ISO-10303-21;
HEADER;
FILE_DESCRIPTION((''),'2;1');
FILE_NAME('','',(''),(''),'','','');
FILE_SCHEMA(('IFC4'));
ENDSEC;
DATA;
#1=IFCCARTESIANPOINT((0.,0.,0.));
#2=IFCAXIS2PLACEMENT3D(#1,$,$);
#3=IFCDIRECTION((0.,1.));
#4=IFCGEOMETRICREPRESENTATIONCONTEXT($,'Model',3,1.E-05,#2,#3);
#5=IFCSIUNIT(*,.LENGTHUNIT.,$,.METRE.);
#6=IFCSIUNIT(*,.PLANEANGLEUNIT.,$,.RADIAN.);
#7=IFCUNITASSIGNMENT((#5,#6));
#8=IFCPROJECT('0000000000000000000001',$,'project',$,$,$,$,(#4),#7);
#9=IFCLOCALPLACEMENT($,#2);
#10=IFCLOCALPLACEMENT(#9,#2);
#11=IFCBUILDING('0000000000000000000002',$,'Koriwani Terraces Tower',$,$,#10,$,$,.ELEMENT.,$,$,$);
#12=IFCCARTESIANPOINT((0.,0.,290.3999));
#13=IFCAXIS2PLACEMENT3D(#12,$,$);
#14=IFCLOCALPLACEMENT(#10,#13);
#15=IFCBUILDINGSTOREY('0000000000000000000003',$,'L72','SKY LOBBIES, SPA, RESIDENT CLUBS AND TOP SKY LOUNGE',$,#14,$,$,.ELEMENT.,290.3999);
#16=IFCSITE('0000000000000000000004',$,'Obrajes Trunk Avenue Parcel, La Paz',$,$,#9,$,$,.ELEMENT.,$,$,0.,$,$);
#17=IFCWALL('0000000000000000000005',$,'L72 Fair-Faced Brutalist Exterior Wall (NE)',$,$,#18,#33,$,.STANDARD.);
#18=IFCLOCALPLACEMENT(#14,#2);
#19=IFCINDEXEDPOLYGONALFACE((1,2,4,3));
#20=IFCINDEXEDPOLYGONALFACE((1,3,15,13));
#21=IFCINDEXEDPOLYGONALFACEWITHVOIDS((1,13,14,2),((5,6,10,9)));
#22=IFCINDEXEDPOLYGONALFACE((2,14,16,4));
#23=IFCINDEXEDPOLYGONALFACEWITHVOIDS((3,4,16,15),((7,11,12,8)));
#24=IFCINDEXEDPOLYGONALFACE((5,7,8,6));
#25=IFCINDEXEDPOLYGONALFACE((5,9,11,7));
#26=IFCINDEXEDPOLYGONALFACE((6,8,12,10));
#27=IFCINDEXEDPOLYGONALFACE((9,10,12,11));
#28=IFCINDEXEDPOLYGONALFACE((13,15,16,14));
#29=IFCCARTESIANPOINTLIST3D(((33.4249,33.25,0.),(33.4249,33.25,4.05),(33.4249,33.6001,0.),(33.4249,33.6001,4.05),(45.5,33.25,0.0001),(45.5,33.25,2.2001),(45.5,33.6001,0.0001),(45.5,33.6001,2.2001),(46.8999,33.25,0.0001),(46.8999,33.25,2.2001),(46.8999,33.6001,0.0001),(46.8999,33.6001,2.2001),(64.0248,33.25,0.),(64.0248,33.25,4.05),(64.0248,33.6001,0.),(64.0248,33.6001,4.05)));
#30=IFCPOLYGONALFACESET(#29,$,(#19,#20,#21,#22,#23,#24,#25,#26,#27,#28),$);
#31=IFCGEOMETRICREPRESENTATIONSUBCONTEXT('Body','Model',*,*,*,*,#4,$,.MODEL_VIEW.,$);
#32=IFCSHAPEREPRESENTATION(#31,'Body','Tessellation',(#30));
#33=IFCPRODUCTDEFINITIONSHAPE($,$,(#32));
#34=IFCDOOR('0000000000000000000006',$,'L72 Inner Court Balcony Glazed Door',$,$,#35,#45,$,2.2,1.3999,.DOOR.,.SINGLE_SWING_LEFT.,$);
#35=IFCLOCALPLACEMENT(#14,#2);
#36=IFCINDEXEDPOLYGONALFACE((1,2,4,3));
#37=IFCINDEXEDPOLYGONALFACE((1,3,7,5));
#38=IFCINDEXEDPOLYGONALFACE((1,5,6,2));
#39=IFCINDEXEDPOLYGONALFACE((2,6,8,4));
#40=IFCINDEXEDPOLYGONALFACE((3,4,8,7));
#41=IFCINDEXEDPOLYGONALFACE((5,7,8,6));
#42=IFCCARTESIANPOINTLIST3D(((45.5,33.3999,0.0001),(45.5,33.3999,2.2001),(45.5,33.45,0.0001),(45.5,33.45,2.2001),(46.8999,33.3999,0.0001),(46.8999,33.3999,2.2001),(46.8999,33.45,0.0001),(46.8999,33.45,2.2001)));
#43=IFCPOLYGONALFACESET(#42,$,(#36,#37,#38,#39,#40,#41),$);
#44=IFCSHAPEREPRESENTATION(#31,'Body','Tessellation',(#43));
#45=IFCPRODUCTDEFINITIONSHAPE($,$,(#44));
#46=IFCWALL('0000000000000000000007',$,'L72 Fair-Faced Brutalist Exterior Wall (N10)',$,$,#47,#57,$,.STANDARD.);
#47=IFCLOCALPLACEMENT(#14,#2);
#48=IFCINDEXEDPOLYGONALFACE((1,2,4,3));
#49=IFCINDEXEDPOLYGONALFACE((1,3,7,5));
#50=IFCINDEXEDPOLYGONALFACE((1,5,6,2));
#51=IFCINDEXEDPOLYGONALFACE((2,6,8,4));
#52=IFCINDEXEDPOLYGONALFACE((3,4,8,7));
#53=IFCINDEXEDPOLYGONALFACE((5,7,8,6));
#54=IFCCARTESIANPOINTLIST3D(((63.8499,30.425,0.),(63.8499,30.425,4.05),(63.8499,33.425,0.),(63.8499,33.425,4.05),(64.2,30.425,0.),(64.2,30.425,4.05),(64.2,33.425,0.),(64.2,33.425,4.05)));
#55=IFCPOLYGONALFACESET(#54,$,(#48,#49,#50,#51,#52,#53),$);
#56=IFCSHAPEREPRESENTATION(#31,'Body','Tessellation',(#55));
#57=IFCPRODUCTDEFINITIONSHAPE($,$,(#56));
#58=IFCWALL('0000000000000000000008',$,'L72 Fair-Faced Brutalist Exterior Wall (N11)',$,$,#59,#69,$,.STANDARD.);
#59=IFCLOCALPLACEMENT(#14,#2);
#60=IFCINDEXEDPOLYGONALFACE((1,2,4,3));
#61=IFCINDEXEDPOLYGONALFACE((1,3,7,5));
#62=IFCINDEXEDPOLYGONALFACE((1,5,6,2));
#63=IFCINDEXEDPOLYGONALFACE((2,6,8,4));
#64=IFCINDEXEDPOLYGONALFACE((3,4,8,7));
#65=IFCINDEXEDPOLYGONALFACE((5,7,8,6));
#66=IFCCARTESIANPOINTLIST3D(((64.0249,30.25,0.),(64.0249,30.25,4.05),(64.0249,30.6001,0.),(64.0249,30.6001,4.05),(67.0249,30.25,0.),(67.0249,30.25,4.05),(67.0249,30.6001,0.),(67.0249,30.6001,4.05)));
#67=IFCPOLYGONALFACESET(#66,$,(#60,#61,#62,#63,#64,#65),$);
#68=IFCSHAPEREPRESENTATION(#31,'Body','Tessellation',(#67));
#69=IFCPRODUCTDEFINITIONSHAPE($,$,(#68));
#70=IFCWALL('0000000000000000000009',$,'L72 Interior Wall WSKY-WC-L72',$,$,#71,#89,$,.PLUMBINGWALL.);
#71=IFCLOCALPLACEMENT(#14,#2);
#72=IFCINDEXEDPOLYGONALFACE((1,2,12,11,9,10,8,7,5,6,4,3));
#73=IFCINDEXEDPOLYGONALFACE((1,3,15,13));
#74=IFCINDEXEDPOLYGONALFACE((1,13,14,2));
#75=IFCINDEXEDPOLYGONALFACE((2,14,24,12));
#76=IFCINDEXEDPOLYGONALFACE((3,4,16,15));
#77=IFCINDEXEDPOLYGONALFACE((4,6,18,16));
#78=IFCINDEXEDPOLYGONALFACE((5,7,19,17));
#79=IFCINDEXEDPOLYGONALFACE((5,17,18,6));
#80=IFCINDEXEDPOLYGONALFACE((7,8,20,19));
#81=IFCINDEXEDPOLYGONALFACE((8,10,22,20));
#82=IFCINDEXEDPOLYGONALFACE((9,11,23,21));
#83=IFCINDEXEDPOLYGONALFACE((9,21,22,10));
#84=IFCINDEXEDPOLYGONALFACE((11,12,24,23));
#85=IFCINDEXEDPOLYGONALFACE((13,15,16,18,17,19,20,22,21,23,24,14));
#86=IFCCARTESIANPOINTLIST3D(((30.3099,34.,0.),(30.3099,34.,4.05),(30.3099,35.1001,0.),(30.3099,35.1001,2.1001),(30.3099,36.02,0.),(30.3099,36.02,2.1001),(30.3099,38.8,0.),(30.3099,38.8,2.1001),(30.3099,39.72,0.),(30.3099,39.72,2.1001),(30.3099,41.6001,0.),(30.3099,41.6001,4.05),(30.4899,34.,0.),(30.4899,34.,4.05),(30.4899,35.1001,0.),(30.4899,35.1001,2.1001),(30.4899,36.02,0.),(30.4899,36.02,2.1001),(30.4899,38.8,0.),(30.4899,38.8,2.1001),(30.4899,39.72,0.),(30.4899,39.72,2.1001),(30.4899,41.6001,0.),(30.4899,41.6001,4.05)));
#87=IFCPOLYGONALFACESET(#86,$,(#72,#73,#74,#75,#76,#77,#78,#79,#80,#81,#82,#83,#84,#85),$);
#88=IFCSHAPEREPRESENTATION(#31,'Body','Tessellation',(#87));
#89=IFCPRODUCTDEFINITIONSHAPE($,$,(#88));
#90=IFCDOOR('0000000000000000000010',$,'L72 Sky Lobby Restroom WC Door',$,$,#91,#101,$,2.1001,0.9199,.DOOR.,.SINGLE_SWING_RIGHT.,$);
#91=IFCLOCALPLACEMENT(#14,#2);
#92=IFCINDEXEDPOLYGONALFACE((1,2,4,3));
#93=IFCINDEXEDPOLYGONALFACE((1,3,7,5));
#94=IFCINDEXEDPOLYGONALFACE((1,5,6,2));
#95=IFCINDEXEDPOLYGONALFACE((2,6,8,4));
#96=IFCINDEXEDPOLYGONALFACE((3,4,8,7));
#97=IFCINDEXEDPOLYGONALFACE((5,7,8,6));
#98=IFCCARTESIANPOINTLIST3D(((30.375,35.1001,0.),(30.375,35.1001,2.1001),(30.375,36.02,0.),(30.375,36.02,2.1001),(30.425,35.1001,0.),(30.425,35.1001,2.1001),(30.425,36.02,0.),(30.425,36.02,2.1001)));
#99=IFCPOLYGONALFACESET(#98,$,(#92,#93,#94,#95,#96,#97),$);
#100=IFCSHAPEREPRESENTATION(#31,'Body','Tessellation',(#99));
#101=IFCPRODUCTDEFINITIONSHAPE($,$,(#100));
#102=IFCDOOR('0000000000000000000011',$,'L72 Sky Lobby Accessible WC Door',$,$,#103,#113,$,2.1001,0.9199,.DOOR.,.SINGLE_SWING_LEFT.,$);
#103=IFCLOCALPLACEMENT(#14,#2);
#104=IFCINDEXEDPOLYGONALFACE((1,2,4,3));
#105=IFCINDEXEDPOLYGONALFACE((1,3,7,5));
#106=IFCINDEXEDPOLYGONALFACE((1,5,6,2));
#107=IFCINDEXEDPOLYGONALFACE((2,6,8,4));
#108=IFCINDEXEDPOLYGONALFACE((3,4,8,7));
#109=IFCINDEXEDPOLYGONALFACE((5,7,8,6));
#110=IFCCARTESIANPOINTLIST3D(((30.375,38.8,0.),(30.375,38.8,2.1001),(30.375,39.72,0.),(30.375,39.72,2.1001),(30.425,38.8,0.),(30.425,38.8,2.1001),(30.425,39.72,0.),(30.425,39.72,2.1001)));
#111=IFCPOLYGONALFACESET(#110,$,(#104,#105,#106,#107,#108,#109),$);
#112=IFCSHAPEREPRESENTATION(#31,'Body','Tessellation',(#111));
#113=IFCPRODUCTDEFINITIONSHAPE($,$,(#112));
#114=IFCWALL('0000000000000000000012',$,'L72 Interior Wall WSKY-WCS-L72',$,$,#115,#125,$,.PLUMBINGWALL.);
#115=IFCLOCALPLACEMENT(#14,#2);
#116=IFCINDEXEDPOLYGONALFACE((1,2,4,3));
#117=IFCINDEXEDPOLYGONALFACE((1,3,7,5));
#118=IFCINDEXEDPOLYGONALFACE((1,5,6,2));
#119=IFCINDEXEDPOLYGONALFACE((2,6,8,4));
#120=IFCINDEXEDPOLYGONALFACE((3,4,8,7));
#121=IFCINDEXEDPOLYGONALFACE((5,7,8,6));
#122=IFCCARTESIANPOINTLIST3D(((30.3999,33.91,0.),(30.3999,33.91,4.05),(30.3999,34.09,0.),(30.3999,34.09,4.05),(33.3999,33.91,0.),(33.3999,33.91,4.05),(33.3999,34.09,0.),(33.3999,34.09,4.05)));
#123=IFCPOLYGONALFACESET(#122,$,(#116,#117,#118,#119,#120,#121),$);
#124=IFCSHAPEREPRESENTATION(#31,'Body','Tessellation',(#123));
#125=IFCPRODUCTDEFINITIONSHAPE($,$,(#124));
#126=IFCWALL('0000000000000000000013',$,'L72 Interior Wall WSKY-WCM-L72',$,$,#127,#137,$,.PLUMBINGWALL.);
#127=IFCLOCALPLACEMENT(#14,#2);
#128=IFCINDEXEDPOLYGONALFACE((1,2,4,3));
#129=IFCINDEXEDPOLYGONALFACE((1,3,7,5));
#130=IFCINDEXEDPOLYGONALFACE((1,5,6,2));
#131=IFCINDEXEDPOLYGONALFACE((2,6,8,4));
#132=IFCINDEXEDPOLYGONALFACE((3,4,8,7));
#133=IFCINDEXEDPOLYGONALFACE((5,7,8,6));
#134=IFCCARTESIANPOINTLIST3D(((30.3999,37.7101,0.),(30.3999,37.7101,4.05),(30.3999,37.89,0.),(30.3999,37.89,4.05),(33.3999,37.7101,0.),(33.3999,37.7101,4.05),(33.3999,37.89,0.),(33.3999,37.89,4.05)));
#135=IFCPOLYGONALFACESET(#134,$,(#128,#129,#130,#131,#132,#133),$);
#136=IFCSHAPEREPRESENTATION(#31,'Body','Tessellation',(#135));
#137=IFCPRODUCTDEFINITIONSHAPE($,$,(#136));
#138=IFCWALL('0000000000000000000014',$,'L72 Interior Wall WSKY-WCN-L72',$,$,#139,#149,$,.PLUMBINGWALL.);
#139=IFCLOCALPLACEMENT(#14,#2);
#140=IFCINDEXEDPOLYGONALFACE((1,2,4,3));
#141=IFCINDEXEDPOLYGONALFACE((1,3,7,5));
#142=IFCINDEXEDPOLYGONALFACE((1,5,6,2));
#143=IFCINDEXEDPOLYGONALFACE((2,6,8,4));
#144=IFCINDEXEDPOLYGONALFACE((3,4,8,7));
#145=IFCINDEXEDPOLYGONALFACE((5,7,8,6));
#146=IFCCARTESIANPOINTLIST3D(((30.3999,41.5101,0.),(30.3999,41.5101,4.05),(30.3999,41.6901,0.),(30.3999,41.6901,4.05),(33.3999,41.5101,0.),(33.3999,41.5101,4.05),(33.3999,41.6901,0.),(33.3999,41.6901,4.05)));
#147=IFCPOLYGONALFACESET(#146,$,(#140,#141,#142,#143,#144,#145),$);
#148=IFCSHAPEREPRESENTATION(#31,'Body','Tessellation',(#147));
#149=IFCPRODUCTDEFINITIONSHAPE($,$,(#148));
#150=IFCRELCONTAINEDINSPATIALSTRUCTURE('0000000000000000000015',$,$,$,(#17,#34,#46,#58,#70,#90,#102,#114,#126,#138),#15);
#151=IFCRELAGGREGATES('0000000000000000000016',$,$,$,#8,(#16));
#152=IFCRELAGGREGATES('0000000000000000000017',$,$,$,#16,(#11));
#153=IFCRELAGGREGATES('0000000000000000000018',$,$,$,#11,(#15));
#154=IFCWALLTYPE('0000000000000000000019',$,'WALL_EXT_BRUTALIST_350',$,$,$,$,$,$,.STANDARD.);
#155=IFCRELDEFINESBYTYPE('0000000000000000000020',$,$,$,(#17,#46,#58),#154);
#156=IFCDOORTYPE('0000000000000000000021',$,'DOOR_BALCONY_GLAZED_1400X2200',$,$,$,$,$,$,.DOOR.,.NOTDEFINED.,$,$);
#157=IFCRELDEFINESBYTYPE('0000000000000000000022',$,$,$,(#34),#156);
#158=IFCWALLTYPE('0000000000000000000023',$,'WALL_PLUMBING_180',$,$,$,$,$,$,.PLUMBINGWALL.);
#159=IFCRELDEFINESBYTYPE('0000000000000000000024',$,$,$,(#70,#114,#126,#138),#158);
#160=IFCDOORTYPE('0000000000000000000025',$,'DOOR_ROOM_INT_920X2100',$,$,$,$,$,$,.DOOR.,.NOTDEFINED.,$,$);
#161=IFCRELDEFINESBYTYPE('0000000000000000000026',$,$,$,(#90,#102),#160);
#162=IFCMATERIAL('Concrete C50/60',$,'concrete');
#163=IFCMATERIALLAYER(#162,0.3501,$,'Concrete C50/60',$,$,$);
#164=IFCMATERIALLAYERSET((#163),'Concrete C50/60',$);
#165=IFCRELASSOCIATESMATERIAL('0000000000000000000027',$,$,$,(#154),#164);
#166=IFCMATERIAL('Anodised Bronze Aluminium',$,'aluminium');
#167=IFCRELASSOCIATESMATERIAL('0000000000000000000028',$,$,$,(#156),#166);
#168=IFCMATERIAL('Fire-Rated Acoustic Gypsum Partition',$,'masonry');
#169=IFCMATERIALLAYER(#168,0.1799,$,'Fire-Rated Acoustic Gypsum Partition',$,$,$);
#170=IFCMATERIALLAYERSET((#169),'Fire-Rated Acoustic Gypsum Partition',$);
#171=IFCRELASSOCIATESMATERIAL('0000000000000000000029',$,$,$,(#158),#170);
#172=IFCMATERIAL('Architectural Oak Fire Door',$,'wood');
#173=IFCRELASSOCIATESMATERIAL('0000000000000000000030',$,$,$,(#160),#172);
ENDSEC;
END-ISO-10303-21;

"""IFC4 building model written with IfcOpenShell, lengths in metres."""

from ifc_helpers import new_model, si_unit, direction, frame, frame_2d, origin, place, context, subcontext, project, spatial, rectangle, extrude, material, layer, layer_set, type_object, element, fill, save


model = new_model("IFC4")

# Units and contexts
model_context = context("Model", 3, precision=1e-05, world=origin(), true_north=direction((0.0, 1.0)))
body_context = subcontext(model_context, "Body", "Model", "MODEL_VIEW")
ifc_project = project(units=[si_unit("LENGTHUNIT", "METRE"), si_unit("PLANEANGLEUNIT", "RADIAN")], contexts=[model_context])

# Site, building, storey
site_placement = place(None, origin())
site = spatial("IfcSite", under=ifc_project, at=site_placement, Name="Obrajes Trunk Avenue Parcel, La Paz", CompositionType="ELEMENT", RefElevation=0.0)
building_placement = place(site_placement, origin())
building = spatial("IfcBuilding", under=site, at=building_placement, Name="Koriwani Terraces Tower", CompositionType="ELEMENT")
storey_placement = place(building_placement, frame((0.0, 0.0, 290.3999)))
storey = spatial("IfcBuildingStorey", under=building, at=storey_placement, Name="L72", Description="SKY LOBBIES, SPA, RESIDENT CLUBS AND TOP SKY LOUNGE", CompositionType="ELEMENT", Elevation=290.3999)

# Shared definitions
ifc_material_1 = material(Name="Concrete C50/60", Category="concrete")

# Shared definitions
ifc_material_2 = material(Name="Anodised Bronze Aluminium", Category="aluminium")

# Wall, opening, door
ifc_layer_1 = layer(ifc_material_1, 0.3501, Name="Concrete C50/60")
ifc_layer_set_1 = layer_set([ifc_layer_1], Name="Concrete C50/60")
wall_type_1 = type_object("IfcWallType", Name="WALL_EXT_BRUTALIST_350", PredefinedType="STANDARD", material=ifc_layer_set_1)
wall_1_placement = place(storey_placement, frame((33.425, 33.425, 0.0), z_axis=(0.0, 0.0, 1.0), x_axis=(1.0, 0.0, 0.0)))
wall_1 = element("IfcWall", 1, at=wall_1_placement, inside=storey, type_object=wall_type_1, Name="L72 Fair-Faced Brutalist Exterior Wall (NE)", PredefinedType="STANDARD", context=body_context, shape_type="SweptSolid", body=[
    extrude(rectangle(XDim=30.5999, YDim=0.3501, at=frame_2d((15.2998, 0.0))), origin(), (0.0, 0.0, 1.0), 4.05),
])
opening_1_placement = place(wall_1_placement, frame((12.075, 0.0, 0.0)))
opening_1 = element("IfcOpeningElement", 2, at=opening_1_placement, cuts=wall_1, PredefinedType="OPENING", context=body_context, shape_type="SweptSolid", body=[
    extrude(rectangle(XDim=1.3999, YDim=2.2, at=frame_2d((0.7, 1.1001))), frame((0.0, 0.1851, 0.0), z_axis=(0.0, -1.0, 0.0), x_axis=(1.0, 0.0, 0.0)), (0.0, 0.0, 1.0), 0.3701),
])
door_type_1 = type_object("IfcDoorType", Name="DOOR_BALCONY_GLAZED_1400X2200", OperationType="NOTDEFINED", PredefinedType="DOOR", material=ifc_material_2)
door_1_placement = place(opening_1_placement, origin())
door_1 = element("IfcDoor", 3, at=door_1_placement, inside=storey, type_object=door_type_1, Name="L72 Inner Court Balcony Glazed Door", OperationType="SINGLE_SWING_LEFT", OverallHeight=2.2, OverallWidth=1.3999, PredefinedType="DOOR", context=body_context, shape_type="SweptSolid", body=[
    extrude(rectangle(XDim=1.3999, YDim=2.2, at=frame_2d((0.7, 1.1001))), frame((0.0, 0.0249, 0.0), z_axis=(0.0, -1.0, 0.0), x_axis=(1.0, 0.0, 0.0)), (0.0, 0.0, 1.0), 0.05),
])
fill(opening_1, door_1)

# Walls
for number, where, z_axis, x_axis, name in (
    (4, (64.0249, 33.425, 0.0), (0.0, 0.0, 1.0), (0.0, -1.0, 0.0), "L72 Fair-Faced Brutalist Exterior Wall (N10)"),
    (5, (64.0249, 30.425, 0.0), (0.0, 0.0, 1.0), (1.0, 0.0, 0.0), "L72 Fair-Faced Brutalist Exterior Wall (N11)"),
):
    element("IfcWall", number, at=place(storey_placement, frame(where, z_axis=z_axis, x_axis=x_axis)), inside=storey, type_object=wall_type_1, Name=name, PredefinedType="STANDARD", context=body_context, shape_type="SweptSolid", body=[
        extrude(rectangle(XDim=3.0, YDim=0.3501, at=frame_2d((1.5, 0.0))), origin(), (0.0, 0.0, 1.0), 4.05),
    ])

# Wall, openings, doors
ifc_material_3 = material(Name="Fire-Rated Acoustic Gypsum Partition", Category="masonry")
ifc_layer_2 = layer(ifc_material_3, 0.1799, Name="Fire-Rated Acoustic Gypsum Partition")
ifc_layer_set_2 = layer_set([ifc_layer_2], Name="Fire-Rated Acoustic Gypsum Partition")
wall_type_2 = type_object("IfcWallType", Name="WALL_PLUMBING_180", PredefinedType="PLUMBINGWALL", material=ifc_layer_set_2)
wall_2_placement = place(storey_placement, frame((30.3999, 34.0, 0.0), z_axis=(0.0, 0.0, 1.0), x_axis=(0.0, 1.0, 0.0)))
wall_2 = element("IfcWall", 6, at=wall_2_placement, inside=storey, type_object=wall_type_2, Name="L72 Interior Wall WSKY-WC-L72", PredefinedType="PLUMBINGWALL", context=body_context, shape_type="SweptSolid", body=[
    extrude(rectangle(XDim=7.6001, YDim=0.1799, at=frame_2d((3.8, 0.0))), origin(), (0.0, 0.0, 1.0), 4.05),
])
opening_2_placement = place(wall_2_placement, frame((1.1001, 0.0, 0.0)))
opening_2 = element("IfcOpeningElement", 7, at=opening_2_placement, cuts=wall_2, PredefinedType="OPENING", context=body_context, shape_type="SweptSolid", body=[
    extrude(rectangle(XDim=0.9199, YDim=2.1001, at=frame_2d((0.46, 1.05))), frame((0.0, 0.1001, 0.0), z_axis=(0.0, -1.0, 0.0), x_axis=(1.0, 0.0, 0.0)), (0.0, 0.0, 1.0), 0.2),
])
opening_3_placement = place(wall_2_placement, frame((4.8, 0.0, 0.0)))
opening_3 = element("IfcOpeningElement", 8, at=opening_3_placement, cuts=wall_2, PredefinedType="OPENING", context=body_context, shape_type="SweptSolid", body=[
    extrude(rectangle(XDim=0.9199, YDim=2.1001, at=frame_2d((0.46, 1.05))), frame((0.0, 0.1001, 0.0), z_axis=(0.0, -1.0, 0.0), x_axis=(1.0, 0.0, 0.0)), (0.0, 0.0, 1.0), 0.2),
])
ifc_material_4 = material(Name="Architectural Oak Fire Door", Category="wood")
door_type_2 = type_object("IfcDoorType", Name="DOOR_ROOM_INT_920X2100", OperationType="NOTDEFINED", PredefinedType="DOOR", material=ifc_material_4)
door_2_placement = place(opening_2_placement, origin())
door_2 = element("IfcDoor", 9, at=door_2_placement, inside=storey, type_object=door_type_2, Name="L72 Sky Lobby Restroom WC Door", OperationType="SINGLE_SWING_RIGHT", OverallHeight=2.1001, OverallWidth=0.9199, PredefinedType="DOOR", context=body_context, shape_type="SweptSolid", body=[
    extrude(rectangle(XDim=0.9199, YDim=2.1001, at=frame_2d((0.46, 1.05))), frame((0.0, 0.0249, 0.0), z_axis=(0.0, -1.0, 0.0), x_axis=(1.0, 0.0, 0.0)), (0.0, 0.0, 1.0), 0.05),
])
fill(opening_2, door_2)
door_3_placement = place(opening_3_placement, origin())
door_3 = element("IfcDoor", 10, at=door_3_placement, inside=storey, type_object=door_type_2, Name="L72 Sky Lobby Accessible WC Door", OperationType="SINGLE_SWING_LEFT", OverallHeight=2.1001, OverallWidth=0.9199, PredefinedType="DOOR", context=body_context, shape_type="SweptSolid", body=[
    extrude(rectangle(XDim=0.9199, YDim=2.1001, at=frame_2d((0.46, 1.05))), frame((0.0, 0.0249, 0.0), z_axis=(0.0, -1.0, 0.0), x_axis=(1.0, 0.0, 0.0)), (0.0, 0.0, 1.0), 0.05),
])
fill(opening_3, door_3)

# Walls
for number, where, z_axis, x_axis, name in (
    (11, (30.3999, 34.0, 0.0), (0.0, 0.0, 1.0), (1.0, 0.0, 0.0), "L72 Interior Wall WSKY-WCS-L72"),
    (12, (30.3999, 37.8, 0.0), (0.0, 0.0, 1.0), (1.0, 0.0, 0.0), "L72 Interior Wall WSKY-WCM-L72"),
    (13, (30.3999, 41.6001, 0.0), (0.0, 0.0, 1.0), (1.0, 0.0, 0.0), "L72 Interior Wall WSKY-WCN-L72"),
):
    element("IfcWall", number, at=place(storey_placement, frame(where, z_axis=z_axis, x_axis=x_axis)), inside=storey, type_object=wall_type_2, Name=name, PredefinedType="PLUMBINGWALL", context=body_context, shape_type="SweptSolid", body=[
        extrude(rectangle(XDim=3.0, YDim=0.1799, at=frame_2d((1.5, 0.0))), origin(), (0.0, 0.0, 1.0), 4.05),
    ])

save(model, "model.ifc")
